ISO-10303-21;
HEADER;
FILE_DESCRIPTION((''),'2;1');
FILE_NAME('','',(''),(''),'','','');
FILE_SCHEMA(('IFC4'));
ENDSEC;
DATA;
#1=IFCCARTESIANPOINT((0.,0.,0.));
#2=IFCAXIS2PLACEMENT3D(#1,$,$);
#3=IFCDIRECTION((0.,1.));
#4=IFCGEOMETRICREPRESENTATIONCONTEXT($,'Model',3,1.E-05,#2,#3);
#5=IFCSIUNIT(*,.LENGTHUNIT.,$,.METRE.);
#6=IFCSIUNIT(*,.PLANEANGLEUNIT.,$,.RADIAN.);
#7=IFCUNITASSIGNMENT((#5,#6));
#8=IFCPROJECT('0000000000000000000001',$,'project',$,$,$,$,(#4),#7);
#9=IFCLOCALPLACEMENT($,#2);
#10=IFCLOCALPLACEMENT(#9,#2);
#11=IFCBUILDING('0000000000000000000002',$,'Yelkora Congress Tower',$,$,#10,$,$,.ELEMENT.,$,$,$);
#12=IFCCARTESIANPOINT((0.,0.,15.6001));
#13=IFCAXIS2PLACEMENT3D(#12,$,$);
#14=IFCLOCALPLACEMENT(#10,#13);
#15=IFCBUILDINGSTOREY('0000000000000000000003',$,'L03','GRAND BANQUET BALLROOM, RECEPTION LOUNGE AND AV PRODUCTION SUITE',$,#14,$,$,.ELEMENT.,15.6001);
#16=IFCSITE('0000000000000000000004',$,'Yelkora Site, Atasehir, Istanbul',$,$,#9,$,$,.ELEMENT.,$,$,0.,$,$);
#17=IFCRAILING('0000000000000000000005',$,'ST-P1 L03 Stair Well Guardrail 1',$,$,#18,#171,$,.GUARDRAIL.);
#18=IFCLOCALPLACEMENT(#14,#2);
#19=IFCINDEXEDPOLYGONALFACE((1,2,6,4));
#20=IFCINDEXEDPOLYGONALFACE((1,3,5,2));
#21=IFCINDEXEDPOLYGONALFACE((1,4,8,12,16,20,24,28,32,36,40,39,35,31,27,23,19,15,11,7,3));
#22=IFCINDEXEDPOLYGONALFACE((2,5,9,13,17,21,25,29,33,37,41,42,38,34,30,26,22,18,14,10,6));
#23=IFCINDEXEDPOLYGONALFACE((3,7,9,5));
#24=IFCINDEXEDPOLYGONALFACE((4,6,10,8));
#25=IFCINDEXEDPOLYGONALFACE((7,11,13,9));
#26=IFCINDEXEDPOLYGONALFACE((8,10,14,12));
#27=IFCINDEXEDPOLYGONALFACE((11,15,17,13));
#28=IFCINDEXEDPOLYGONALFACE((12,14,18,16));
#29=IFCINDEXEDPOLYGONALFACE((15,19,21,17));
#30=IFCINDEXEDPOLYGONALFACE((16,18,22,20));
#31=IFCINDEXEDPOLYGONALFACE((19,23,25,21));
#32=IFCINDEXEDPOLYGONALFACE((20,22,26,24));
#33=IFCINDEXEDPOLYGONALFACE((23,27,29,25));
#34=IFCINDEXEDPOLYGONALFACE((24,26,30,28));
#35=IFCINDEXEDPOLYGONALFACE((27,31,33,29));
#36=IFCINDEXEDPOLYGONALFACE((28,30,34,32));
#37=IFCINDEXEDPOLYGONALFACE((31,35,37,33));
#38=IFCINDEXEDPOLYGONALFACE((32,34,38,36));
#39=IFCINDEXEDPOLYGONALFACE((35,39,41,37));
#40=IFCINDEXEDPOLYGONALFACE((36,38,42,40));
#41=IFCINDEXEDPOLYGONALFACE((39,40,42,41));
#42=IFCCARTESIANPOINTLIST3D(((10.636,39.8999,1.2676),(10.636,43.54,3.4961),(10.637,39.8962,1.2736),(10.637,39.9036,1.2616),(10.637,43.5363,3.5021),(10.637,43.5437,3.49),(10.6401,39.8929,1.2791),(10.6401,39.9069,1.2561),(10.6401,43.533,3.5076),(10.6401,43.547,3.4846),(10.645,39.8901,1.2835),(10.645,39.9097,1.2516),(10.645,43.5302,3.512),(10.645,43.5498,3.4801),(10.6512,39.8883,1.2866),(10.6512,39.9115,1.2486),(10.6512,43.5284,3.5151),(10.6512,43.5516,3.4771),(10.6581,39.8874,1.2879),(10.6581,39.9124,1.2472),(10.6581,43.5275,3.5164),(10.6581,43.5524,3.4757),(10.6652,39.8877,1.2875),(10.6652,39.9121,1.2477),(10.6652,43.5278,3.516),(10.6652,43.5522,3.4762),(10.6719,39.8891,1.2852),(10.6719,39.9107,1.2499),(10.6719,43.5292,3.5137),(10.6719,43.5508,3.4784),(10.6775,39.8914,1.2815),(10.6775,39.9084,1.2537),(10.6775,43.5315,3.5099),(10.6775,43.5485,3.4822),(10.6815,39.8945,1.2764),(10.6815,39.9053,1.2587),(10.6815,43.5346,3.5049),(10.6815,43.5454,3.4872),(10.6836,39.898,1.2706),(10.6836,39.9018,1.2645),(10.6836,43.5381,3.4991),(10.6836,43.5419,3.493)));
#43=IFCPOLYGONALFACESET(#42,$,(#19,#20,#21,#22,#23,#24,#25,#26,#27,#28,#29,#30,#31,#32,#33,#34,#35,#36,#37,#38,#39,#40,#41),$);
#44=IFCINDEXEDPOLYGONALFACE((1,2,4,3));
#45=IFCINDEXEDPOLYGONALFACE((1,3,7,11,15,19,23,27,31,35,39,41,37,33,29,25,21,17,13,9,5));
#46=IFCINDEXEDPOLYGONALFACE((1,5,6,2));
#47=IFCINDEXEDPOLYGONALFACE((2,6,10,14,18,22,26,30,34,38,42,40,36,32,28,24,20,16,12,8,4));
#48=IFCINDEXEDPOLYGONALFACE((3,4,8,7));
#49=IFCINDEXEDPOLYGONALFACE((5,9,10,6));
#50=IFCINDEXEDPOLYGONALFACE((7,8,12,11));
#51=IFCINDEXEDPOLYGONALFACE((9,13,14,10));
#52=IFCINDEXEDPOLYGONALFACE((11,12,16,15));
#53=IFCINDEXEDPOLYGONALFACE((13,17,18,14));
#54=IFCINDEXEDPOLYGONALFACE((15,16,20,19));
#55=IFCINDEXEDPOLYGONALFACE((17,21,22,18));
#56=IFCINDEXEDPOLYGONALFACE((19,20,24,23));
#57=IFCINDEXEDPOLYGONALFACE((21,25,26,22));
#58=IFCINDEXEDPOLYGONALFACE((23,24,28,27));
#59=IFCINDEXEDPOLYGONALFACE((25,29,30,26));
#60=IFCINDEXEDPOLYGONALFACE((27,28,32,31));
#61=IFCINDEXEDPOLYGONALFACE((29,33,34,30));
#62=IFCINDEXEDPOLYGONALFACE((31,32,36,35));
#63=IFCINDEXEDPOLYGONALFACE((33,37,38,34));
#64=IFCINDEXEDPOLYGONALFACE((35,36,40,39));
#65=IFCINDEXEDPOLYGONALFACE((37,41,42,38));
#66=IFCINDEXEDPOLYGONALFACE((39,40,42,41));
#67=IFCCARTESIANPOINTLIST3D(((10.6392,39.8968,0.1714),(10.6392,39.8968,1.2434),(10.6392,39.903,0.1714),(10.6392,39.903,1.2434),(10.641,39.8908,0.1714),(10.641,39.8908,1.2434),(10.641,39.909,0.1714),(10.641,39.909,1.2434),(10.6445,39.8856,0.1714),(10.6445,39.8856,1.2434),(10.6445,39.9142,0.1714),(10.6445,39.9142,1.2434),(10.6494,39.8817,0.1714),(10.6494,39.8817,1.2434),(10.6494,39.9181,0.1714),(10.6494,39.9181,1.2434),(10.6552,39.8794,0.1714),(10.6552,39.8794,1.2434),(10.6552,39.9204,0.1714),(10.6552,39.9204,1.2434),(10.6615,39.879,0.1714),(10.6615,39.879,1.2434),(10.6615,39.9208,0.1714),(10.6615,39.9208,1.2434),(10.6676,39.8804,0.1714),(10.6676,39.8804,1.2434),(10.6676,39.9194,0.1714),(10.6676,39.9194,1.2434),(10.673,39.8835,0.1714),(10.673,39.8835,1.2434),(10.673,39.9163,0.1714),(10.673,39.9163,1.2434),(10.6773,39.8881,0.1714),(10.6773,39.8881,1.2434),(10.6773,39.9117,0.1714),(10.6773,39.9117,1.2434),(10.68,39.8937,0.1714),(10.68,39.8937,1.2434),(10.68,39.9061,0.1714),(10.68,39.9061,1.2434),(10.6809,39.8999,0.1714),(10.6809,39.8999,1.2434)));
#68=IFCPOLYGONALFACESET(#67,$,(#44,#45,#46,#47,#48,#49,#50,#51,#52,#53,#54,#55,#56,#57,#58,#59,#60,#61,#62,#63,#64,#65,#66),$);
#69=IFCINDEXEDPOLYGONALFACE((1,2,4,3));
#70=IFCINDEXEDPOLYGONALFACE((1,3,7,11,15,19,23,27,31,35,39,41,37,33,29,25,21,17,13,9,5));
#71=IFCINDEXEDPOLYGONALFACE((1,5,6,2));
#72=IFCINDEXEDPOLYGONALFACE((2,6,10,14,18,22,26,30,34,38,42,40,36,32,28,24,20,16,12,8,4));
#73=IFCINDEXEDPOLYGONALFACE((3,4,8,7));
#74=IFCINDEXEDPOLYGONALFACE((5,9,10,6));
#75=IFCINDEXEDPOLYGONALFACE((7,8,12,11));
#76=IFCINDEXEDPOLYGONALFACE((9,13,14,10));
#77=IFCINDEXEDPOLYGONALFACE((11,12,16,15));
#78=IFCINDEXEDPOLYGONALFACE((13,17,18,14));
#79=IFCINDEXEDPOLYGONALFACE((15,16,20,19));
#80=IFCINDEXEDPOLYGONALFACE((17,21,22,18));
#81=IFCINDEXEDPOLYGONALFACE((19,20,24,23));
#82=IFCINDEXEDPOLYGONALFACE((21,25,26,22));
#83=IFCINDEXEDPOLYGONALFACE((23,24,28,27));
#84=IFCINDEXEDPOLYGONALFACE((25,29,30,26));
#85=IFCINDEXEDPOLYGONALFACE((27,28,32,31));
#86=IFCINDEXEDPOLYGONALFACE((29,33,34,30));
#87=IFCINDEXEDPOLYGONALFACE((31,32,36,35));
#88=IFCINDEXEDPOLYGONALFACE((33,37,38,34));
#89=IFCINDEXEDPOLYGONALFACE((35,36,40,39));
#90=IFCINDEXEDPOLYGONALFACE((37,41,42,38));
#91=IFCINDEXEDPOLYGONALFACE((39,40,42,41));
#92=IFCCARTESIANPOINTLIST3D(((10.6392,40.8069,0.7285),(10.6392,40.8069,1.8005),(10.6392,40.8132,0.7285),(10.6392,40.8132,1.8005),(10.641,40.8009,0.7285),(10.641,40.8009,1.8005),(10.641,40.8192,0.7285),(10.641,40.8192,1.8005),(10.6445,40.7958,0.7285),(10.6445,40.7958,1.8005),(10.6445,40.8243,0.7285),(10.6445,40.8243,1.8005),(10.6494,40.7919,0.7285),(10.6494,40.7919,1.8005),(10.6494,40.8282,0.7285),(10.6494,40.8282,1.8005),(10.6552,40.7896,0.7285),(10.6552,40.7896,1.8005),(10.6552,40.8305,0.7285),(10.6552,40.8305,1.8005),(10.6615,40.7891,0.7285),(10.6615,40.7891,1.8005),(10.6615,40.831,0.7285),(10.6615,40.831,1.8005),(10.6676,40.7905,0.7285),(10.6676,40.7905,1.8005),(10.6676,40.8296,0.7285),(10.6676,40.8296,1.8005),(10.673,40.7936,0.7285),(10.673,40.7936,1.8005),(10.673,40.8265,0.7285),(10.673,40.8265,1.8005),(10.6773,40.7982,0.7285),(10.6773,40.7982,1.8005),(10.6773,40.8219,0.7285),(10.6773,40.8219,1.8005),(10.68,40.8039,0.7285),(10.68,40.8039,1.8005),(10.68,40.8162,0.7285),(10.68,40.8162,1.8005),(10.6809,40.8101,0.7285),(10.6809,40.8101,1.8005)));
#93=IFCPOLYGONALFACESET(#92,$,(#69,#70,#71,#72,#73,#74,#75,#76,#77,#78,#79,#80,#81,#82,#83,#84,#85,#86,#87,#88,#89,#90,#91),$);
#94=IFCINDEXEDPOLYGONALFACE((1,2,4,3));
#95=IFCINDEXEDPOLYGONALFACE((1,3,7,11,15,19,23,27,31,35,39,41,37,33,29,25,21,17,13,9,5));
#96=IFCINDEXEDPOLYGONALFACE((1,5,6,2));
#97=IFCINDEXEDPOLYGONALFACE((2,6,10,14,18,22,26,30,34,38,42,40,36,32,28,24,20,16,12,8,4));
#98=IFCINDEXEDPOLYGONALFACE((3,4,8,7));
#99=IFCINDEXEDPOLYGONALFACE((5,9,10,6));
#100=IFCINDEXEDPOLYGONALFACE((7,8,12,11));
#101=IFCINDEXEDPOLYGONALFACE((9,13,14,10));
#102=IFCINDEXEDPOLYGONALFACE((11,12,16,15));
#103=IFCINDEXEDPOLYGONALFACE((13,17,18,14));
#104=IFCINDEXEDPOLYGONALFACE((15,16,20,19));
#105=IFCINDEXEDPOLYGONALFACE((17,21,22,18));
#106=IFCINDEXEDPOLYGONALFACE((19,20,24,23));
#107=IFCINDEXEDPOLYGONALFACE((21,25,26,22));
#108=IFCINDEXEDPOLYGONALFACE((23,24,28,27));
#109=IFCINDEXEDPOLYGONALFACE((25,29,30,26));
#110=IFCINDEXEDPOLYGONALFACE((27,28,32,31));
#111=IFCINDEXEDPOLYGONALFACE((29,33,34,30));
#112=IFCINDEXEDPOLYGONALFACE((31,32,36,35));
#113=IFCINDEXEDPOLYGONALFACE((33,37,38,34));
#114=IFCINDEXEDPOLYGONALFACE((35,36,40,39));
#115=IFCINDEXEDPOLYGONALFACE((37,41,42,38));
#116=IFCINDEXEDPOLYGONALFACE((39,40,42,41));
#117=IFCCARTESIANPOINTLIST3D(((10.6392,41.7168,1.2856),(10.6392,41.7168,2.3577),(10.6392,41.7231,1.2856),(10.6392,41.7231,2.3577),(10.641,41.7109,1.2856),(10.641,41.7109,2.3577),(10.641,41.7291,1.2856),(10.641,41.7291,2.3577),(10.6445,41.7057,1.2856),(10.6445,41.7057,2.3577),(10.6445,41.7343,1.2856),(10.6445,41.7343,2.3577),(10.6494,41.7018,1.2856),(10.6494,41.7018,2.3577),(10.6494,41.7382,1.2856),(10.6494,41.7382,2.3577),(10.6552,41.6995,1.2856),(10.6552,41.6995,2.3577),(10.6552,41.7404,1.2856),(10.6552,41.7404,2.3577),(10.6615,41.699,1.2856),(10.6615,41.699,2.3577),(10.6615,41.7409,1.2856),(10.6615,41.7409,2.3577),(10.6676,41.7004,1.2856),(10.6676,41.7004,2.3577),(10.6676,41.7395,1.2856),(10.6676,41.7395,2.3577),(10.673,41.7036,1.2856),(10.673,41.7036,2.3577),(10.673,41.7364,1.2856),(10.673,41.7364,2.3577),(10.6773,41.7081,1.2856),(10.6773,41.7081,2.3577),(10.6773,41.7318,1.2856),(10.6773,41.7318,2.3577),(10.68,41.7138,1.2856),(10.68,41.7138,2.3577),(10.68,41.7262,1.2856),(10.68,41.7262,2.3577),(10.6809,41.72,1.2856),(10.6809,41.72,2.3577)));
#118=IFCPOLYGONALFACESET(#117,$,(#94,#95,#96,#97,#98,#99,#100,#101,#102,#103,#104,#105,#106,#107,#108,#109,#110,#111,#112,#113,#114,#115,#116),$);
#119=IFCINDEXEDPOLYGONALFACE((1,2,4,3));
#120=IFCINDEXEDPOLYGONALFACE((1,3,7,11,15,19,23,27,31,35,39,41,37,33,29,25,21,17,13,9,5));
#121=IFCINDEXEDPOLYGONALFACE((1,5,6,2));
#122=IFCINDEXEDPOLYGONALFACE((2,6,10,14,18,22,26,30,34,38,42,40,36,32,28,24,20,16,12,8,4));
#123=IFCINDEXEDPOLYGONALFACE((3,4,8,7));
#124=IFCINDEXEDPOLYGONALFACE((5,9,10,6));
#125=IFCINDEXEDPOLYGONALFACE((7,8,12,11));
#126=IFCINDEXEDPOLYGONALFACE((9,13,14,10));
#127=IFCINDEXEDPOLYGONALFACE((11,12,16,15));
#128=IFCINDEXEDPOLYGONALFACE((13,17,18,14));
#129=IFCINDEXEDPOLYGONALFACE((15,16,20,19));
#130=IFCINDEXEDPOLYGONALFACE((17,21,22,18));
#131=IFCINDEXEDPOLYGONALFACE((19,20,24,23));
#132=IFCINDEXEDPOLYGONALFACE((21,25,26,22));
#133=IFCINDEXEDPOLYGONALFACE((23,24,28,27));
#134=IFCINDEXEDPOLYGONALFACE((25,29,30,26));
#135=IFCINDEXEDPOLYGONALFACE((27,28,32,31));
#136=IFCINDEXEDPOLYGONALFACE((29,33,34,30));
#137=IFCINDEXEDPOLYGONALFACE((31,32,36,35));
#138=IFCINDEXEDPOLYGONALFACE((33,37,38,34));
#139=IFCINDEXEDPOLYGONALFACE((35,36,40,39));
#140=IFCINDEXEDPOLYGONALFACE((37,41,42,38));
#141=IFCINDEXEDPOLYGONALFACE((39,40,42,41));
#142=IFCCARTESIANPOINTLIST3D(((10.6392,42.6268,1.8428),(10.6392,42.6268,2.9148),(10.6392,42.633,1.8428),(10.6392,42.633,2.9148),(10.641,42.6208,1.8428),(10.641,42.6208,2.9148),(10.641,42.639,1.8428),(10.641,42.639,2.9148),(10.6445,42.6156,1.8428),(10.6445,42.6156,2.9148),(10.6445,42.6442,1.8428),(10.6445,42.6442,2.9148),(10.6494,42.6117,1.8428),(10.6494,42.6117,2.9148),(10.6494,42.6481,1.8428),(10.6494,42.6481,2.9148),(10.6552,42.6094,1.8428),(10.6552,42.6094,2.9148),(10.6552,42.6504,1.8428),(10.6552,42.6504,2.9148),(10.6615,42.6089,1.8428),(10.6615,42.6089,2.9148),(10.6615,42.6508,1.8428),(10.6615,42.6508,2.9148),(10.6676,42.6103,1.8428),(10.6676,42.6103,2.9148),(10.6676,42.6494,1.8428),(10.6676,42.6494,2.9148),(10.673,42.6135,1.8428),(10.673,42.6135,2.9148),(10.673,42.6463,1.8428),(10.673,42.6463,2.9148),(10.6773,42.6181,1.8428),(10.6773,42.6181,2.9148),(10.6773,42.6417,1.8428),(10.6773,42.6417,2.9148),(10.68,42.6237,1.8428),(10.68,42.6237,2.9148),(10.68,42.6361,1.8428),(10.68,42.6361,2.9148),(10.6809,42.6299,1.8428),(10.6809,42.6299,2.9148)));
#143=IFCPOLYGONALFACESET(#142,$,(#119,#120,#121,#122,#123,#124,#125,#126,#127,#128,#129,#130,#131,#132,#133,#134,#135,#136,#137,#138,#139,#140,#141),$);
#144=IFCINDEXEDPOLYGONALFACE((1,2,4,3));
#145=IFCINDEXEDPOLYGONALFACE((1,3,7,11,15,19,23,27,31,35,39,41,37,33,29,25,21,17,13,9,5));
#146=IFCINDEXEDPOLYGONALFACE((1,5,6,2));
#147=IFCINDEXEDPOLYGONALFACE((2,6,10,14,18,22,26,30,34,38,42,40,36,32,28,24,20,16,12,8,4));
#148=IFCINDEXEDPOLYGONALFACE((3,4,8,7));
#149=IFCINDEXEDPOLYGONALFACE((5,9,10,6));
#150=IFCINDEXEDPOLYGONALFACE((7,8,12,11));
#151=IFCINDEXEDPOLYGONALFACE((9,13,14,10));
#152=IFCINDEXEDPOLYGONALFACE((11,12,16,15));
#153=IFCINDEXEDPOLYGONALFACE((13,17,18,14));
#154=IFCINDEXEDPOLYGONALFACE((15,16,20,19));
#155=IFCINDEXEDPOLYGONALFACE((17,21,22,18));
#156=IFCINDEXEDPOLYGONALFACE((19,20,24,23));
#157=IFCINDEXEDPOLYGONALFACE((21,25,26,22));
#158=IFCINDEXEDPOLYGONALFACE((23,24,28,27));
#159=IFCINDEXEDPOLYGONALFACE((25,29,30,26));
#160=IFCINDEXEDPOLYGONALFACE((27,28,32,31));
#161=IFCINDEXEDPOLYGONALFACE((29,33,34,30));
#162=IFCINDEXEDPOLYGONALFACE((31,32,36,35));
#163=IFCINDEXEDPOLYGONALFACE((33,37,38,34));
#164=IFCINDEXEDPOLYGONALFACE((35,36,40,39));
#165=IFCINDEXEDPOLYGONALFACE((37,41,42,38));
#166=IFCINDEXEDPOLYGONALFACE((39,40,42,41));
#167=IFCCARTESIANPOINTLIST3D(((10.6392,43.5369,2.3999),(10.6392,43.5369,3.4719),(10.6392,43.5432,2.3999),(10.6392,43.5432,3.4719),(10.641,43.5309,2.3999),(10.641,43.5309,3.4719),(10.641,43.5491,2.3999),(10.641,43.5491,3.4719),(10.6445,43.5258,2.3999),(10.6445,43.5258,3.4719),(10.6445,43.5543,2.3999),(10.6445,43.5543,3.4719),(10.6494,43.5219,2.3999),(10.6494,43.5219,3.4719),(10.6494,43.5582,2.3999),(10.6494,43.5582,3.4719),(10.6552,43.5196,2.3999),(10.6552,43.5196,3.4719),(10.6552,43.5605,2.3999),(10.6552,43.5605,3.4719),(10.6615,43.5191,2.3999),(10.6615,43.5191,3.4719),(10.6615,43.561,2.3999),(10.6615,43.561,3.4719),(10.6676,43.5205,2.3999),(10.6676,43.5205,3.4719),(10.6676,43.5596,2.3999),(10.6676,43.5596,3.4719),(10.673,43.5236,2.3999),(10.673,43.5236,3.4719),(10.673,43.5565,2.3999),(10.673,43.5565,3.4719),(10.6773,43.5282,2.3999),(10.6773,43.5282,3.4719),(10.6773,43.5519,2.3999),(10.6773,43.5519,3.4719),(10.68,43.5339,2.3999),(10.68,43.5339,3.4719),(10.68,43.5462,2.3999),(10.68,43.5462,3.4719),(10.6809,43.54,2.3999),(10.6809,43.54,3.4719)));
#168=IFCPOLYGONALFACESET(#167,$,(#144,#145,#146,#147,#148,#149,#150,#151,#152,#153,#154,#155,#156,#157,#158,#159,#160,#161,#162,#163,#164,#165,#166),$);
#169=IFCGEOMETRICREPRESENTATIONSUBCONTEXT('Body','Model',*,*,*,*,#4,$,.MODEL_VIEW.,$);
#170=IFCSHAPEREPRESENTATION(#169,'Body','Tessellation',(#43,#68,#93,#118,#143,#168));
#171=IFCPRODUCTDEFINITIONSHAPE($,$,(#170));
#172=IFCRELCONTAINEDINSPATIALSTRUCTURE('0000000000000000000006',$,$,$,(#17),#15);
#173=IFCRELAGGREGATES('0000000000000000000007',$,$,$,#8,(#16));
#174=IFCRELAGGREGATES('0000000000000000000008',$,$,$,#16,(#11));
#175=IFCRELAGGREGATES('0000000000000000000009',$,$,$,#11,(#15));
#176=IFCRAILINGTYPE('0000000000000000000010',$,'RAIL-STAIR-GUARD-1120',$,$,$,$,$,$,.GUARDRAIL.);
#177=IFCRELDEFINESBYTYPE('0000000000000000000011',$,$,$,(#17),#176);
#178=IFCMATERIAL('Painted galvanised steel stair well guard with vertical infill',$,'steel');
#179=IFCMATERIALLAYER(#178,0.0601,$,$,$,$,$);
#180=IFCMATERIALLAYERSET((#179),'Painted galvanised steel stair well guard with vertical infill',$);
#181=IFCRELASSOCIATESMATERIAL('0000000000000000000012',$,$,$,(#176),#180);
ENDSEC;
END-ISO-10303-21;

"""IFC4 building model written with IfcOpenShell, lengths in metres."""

from ifc_helpers import new_model, si_unit, direction, frame, origin, origin_2d, place, context, subcontext, project, spatial, circle, extrude, material, layer, layer_set, type_object, element, save


model = new_model("IFC4")

# Units and contexts
model_context = context("Model", 3, precision=1e-05, world=origin(), true_north=direction((0.0, 1.0)))
body_context = subcontext(model_context, "Body", "Model", "MODEL_VIEW")
ifc_project = project(units=[si_unit("LENGTHUNIT", "METRE"), si_unit("PLANEANGLEUNIT", "RADIAN")], contexts=[model_context])

# Site, building, storey
site_placement = place(None, origin())
site = spatial("IfcSite", under=ifc_project, at=site_placement, Name="Yelkora Site, Atasehir, Istanbul", CompositionType="ELEMENT", RefElevation=0.0)
building_placement = place(site_placement, origin())
building = spatial("IfcBuilding", under=site, at=building_placement, Name="Yelkora Congress Tower", CompositionType="ELEMENT")
storey_placement = place(building_placement, frame((0.0, 0.0, 15.6001)))
storey = spatial("IfcBuildingStorey", under=building, at=storey_placement, Name="L03", Description="GRAND BANQUET BALLROOM, RECEPTION LOUNGE AND AV PRODUCTION SUITE", CompositionType="ELEMENT", Elevation=15.6001)

# Railing
ifc_material_1 = material(Name="Painted galvanised steel stair well guard with vertical infill", Category="steel")
ifc_layer_1 = layer(ifc_material_1, 0.0601)
ifc_layer_set_1 = layer_set([ifc_layer_1], Name="Painted galvanised steel stair well guard with vertical infill")
railing_type_1 = type_object("IfcRailingType", Name="RAIL-STAIR-GUARD-1120", PredefinedType="GUARDRAIL", material=ifc_layer_set_1)
railing_1_placement = place(storey_placement, frame((10.6599, 39.8999, 0.1714)))
element("IfcRailing", 1, at=railing_1_placement, inside=storey, type_object=railing_type_1, Name="ST-P1 L03 Stair Well Guardrail 1", PredefinedType="GUARDRAIL", context=body_context, shape_type="SweptSolid", body=[
    extrude(circle(Radius=0.0239, at=origin_2d()), frame((0.0, 0.0, 1.0962), z_axis=(0.0, 0.852866, 0.52213), x_axis=(-1.0, 0.0, 0.0)), (0.0, 0.0, 1.0), 4.2681),
    extrude(circle(Radius=0.021, at=origin_2d()), origin(), (0.0, 0.0, 1.0), 1.072),
    extrude(circle(Radius=0.021, at=origin_2d()), frame((0.0, 0.9102, 0.5571)), (0.0, 0.0, 1.0), 1.072),
    extrude(circle(Radius=0.021, at=origin_2d()), frame((0.0, 1.8201, 1.1143)), (0.0, 0.0, 1.0), 1.072),
    extrude(circle(Radius=0.021, at=origin_2d()), frame((0.0, 2.73, 1.6714)), (0.0, 0.0, 1.0), 1.072),
    extrude(circle(Radius=0.021, at=origin_2d()), frame((0.0, 3.6401, 2.2285)), (0.0, 0.0, 1.0), 1.072),
])

save(model, "model.ifc")
